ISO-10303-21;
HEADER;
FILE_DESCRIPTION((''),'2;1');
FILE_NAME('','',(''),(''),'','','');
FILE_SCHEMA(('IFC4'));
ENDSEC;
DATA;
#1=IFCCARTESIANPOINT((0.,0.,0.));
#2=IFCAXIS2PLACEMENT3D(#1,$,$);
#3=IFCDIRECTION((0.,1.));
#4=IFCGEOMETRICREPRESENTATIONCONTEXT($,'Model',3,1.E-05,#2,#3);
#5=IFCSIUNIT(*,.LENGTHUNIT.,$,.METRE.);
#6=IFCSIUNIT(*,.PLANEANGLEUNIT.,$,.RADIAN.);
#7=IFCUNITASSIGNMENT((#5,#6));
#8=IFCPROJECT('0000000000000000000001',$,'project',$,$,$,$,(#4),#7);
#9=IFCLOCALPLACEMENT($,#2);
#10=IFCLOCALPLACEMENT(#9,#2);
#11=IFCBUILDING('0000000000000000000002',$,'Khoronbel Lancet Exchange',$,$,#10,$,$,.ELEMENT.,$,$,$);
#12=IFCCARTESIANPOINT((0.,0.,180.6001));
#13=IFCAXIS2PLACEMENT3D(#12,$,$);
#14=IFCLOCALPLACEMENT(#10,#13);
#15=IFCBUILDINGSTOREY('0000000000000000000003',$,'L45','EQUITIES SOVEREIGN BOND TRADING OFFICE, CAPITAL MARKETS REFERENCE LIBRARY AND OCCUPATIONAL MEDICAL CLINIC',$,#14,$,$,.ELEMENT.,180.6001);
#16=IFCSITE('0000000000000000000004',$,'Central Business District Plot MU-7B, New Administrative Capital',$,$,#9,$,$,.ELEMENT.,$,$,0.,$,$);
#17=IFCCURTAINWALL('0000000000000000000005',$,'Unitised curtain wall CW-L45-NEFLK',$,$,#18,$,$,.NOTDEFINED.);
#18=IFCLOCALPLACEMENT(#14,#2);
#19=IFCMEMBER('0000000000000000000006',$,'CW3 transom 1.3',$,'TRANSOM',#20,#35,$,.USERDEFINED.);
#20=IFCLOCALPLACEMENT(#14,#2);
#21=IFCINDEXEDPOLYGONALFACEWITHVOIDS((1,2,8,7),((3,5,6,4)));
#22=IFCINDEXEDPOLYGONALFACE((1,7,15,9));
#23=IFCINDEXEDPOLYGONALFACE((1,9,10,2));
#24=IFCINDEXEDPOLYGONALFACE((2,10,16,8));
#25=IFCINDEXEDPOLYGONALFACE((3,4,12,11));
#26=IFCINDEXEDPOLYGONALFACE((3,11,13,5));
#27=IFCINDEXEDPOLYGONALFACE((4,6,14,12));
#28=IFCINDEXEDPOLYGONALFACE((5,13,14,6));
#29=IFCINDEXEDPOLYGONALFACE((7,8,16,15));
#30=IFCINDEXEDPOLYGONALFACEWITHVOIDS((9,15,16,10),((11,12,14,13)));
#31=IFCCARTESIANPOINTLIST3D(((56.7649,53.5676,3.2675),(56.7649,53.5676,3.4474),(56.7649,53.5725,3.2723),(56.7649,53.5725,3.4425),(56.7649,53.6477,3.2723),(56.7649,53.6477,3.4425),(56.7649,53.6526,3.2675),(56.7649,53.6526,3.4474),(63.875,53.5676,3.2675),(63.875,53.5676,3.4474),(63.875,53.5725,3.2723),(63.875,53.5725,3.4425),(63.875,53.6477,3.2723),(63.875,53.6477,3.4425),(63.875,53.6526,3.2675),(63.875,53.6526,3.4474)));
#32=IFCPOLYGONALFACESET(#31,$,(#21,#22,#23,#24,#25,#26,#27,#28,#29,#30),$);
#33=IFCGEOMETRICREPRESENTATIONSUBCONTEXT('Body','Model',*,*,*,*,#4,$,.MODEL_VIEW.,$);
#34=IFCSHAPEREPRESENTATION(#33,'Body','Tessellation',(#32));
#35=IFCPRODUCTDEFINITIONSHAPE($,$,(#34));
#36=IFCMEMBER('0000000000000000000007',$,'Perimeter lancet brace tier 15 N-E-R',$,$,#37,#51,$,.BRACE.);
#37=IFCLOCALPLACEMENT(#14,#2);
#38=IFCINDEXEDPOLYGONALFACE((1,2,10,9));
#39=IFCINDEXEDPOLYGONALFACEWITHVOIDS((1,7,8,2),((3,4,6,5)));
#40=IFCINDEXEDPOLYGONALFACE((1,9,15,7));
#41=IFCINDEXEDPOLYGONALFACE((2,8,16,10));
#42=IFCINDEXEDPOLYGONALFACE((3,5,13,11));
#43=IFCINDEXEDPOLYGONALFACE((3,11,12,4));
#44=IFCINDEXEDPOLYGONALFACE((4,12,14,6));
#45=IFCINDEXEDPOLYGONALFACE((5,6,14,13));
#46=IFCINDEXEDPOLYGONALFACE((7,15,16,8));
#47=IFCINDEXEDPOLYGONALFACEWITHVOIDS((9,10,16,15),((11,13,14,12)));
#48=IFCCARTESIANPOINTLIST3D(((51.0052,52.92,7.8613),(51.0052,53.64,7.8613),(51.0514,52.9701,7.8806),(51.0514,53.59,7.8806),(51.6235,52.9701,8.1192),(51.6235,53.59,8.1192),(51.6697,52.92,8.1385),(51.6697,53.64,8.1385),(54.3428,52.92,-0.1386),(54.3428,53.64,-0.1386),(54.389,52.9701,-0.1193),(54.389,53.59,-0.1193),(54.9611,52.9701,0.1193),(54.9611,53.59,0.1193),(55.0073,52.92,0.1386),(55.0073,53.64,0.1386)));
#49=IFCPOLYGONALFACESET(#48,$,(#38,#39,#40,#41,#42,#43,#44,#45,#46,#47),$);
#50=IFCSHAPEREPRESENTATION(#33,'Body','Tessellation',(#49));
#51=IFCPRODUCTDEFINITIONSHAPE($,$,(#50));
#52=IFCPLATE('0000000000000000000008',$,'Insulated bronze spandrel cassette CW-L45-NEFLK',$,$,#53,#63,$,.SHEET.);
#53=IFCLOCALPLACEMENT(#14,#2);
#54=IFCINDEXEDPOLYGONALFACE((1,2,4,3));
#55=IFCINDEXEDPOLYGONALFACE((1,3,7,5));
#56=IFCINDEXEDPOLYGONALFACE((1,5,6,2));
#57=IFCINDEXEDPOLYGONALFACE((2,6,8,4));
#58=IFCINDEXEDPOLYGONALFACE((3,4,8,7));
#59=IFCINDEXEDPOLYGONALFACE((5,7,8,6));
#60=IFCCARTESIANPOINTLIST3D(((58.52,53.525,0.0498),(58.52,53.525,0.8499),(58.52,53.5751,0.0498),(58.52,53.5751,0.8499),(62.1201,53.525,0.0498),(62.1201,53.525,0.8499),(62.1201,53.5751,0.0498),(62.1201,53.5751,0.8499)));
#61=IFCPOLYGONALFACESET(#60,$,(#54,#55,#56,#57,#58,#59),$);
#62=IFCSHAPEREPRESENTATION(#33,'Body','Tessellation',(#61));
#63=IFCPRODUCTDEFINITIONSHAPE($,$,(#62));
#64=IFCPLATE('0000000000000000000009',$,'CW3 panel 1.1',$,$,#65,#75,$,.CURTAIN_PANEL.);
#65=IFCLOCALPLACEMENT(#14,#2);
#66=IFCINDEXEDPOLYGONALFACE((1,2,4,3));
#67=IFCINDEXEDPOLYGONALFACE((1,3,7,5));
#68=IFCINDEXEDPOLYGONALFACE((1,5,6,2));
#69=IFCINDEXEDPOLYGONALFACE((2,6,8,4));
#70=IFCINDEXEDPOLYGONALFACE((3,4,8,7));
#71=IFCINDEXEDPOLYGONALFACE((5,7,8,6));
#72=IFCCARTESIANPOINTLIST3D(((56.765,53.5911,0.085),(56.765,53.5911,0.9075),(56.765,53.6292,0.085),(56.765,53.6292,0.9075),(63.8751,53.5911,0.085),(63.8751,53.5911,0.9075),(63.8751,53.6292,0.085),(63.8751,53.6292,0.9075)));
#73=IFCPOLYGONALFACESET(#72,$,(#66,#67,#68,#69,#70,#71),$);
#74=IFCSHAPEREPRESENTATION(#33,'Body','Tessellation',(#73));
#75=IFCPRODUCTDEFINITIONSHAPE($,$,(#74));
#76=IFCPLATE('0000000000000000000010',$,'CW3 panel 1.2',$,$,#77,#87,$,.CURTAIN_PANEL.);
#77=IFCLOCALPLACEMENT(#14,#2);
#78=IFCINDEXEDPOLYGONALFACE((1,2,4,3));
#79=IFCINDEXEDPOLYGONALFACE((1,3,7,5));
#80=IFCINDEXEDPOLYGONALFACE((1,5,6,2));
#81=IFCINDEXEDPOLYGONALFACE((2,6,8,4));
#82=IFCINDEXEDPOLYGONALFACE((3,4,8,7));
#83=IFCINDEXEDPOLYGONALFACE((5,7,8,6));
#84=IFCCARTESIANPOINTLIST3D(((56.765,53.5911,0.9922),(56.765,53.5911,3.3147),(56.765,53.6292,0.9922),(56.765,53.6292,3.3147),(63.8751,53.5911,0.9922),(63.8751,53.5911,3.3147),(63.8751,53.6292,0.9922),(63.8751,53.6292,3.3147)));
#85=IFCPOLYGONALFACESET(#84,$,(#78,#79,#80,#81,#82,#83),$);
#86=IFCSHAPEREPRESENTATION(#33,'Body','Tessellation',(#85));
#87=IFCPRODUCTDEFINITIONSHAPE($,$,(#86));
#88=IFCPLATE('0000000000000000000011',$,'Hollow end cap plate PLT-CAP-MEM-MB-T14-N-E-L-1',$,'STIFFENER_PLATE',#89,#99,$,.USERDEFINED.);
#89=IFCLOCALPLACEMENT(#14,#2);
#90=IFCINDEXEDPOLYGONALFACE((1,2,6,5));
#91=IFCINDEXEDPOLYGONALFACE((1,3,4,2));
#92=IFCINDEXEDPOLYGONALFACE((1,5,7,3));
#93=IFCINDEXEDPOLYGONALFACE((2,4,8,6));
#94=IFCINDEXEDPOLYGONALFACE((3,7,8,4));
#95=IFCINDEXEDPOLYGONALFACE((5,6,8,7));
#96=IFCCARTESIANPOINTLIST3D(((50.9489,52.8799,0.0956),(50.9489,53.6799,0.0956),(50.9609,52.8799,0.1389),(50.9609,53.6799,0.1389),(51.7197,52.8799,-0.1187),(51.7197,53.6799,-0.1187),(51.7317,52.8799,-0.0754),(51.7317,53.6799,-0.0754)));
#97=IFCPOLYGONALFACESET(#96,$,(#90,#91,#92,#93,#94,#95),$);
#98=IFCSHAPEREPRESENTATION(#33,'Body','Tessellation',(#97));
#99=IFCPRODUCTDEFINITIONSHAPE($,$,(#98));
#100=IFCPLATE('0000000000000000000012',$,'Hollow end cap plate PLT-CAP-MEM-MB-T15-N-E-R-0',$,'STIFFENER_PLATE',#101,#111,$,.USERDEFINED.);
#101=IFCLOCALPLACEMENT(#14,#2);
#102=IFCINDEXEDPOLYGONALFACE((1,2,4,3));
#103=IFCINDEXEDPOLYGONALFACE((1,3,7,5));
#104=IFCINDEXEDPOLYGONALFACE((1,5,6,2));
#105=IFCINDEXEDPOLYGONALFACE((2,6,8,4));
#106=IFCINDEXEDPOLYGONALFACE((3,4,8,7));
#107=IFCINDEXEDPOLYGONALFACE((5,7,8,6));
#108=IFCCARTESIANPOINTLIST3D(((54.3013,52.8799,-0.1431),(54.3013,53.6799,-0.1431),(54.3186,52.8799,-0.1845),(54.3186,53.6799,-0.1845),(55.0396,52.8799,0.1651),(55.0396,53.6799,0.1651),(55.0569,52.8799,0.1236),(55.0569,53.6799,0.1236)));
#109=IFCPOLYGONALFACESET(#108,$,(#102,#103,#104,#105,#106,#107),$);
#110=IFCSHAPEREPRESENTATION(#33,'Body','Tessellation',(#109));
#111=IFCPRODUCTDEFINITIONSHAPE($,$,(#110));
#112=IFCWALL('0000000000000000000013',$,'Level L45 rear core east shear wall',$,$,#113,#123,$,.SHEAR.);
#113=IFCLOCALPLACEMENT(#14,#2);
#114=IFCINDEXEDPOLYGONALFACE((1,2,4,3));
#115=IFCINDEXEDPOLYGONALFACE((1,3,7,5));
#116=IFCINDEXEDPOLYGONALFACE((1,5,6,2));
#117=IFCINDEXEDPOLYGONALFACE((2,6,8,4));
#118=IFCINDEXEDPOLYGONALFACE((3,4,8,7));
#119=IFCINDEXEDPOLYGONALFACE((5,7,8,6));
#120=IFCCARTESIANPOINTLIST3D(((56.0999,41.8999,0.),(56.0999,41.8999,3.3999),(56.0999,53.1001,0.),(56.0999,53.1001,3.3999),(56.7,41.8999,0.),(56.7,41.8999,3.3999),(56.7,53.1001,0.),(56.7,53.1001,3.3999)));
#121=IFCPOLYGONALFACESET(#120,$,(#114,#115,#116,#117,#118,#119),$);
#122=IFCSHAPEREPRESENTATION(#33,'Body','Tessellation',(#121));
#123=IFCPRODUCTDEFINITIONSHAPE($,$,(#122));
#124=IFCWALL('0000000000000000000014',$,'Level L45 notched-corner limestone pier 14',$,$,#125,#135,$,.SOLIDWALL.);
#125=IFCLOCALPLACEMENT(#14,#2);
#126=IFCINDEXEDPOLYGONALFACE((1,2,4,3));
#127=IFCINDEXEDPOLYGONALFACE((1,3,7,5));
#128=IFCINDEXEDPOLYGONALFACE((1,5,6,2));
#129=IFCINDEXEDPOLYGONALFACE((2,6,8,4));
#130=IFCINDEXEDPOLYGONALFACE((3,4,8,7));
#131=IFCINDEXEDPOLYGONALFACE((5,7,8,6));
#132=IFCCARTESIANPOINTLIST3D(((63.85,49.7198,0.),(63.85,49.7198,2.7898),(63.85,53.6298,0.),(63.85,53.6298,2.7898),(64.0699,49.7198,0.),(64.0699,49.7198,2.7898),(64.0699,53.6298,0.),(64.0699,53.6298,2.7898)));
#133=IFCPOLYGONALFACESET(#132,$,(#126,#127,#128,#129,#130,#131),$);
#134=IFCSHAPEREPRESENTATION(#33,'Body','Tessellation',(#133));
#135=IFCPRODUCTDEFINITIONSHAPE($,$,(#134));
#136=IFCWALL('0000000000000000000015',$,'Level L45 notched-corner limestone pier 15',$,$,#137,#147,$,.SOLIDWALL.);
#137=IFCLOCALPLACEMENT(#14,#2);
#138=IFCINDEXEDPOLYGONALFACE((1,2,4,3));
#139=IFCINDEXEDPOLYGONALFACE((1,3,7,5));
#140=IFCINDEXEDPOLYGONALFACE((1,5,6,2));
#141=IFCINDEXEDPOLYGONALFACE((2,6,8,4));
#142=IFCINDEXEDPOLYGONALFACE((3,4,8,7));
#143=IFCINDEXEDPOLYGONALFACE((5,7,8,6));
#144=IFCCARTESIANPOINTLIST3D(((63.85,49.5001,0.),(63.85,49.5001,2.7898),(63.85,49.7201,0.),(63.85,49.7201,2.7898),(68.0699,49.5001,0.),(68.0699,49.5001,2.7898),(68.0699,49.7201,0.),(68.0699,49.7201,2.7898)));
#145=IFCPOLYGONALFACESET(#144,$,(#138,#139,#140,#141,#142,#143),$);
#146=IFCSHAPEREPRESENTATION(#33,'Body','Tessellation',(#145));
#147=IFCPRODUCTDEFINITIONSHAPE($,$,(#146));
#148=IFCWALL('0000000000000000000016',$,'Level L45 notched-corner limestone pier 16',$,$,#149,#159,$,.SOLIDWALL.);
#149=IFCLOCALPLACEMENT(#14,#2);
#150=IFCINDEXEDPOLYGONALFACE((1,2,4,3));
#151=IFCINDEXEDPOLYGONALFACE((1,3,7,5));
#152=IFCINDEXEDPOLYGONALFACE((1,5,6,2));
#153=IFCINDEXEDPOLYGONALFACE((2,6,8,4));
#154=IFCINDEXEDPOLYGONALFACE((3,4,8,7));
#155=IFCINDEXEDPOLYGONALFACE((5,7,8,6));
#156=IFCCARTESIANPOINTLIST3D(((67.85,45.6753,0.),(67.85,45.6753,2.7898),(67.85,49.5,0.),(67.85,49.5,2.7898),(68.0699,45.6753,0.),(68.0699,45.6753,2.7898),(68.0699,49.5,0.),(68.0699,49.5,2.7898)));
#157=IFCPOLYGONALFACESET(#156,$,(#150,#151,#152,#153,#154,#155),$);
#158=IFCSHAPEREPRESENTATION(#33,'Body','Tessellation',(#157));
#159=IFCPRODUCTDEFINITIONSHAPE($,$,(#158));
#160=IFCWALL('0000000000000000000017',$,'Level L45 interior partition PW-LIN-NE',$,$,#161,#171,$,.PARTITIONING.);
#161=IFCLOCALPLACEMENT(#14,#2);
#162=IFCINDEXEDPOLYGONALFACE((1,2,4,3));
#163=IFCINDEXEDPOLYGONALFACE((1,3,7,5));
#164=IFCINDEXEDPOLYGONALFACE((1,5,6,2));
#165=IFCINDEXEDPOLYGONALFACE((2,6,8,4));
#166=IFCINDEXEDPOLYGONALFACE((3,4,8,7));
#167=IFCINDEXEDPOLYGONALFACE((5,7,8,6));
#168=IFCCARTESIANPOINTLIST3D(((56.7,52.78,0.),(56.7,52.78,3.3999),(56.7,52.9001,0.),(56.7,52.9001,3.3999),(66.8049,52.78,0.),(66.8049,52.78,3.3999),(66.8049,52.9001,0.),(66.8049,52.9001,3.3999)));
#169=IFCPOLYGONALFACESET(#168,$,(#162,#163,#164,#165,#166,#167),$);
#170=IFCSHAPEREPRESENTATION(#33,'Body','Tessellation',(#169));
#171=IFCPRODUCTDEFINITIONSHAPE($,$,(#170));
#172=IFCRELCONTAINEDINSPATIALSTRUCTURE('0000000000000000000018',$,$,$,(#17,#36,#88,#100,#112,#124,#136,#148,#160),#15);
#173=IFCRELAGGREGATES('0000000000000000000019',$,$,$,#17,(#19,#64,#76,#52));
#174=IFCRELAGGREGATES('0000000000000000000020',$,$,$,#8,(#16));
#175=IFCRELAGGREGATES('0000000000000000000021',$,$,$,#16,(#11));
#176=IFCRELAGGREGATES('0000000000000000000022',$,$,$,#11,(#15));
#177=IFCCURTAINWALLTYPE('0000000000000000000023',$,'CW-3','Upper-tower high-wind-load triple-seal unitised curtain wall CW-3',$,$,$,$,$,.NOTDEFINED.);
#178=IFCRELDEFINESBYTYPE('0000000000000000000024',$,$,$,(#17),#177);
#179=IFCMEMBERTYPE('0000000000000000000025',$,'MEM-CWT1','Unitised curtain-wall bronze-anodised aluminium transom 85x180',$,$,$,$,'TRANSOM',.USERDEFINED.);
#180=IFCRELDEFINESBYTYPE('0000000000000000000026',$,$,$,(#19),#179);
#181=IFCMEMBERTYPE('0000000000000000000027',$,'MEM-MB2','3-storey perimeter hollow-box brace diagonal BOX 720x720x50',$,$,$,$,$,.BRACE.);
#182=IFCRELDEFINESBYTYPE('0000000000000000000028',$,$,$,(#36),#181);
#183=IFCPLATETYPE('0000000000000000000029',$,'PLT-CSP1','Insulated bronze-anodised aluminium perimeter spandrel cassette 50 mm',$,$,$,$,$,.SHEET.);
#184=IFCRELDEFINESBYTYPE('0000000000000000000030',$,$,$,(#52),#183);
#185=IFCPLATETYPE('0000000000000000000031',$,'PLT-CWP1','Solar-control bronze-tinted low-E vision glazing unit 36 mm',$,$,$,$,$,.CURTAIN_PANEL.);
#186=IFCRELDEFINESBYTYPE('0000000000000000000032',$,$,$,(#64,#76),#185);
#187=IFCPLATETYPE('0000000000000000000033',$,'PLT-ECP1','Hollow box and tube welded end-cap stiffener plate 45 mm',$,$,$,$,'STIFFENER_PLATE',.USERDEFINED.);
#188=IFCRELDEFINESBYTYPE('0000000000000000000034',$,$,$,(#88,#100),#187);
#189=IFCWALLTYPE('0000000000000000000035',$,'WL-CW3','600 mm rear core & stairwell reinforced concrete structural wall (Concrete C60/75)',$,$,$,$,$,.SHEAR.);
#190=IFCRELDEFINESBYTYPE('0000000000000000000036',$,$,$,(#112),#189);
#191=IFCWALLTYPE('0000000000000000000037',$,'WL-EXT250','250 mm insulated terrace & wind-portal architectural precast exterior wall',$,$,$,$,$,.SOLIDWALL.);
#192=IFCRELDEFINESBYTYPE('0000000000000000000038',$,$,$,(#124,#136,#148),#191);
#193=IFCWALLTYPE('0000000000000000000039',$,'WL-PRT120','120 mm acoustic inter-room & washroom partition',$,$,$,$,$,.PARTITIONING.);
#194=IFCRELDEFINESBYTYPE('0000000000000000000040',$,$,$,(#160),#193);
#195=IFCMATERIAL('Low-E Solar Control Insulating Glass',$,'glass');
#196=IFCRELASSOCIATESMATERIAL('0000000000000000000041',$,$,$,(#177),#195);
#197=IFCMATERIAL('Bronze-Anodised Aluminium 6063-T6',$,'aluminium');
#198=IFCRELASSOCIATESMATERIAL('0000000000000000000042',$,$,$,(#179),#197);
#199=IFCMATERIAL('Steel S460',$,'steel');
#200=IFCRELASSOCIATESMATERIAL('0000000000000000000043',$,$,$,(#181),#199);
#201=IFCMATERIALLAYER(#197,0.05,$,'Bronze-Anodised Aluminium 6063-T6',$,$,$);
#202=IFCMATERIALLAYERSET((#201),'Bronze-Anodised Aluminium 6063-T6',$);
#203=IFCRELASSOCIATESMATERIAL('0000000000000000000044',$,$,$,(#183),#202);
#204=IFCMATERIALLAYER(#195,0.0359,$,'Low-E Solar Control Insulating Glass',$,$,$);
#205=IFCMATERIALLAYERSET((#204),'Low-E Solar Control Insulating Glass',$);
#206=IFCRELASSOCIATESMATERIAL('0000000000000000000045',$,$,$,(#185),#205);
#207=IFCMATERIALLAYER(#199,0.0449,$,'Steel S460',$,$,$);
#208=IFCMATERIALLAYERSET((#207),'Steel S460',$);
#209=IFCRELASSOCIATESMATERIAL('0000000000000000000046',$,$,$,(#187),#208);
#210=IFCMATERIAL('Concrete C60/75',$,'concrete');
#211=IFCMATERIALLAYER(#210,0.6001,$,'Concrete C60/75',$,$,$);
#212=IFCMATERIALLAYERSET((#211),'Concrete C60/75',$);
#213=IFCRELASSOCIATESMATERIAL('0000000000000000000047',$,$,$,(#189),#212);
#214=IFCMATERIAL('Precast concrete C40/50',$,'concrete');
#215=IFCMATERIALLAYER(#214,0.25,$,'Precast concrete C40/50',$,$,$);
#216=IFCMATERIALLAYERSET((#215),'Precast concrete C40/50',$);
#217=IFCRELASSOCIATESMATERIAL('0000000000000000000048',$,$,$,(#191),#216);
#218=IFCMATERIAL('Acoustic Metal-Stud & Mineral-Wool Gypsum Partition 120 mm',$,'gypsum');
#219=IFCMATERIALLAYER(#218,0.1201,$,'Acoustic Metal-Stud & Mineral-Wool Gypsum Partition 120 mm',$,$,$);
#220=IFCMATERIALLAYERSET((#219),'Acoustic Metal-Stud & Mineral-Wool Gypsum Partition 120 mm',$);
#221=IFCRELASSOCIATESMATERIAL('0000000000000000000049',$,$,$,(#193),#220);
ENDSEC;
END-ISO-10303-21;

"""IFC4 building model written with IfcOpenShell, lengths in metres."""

from ifc_helpers import new_model, si_unit, direction, frame, frame_2d, origin, origin_2d, place, context, subcontext, project, spatial, polyline, rectangle, hollow_rectangle, outline, extrude, material, layer, layer_set, material_profile, profile_set, type_object, element, aggregate, save


model = new_model("IFC4")

# Units and contexts
model_context = context("Model", 3, precision=1e-05, world=origin(), true_north=direction((0.0, 1.0)))
body_context = subcontext(model_context, "Body", "Model", "MODEL_VIEW")
ifc_project = project(units=[si_unit("LENGTHUNIT", "METRE"), si_unit("PLANEANGLEUNIT", "RADIAN")], contexts=[model_context])

# Site, building, storey
site_placement = place(None, origin())
site = spatial("IfcSite", under=ifc_project, at=site_placement, Name="Central Business District Plot MU-7B, New Administrative Capital", CompositionType="ELEMENT", RefElevation=0.0)
building_placement = place(site_placement, origin())
building = spatial("IfcBuilding", under=site, at=building_placement, Name="Khoronbel Lancet Exchange", CompositionType="ELEMENT")
storey_placement = place(building_placement, frame((0.0, 0.0, 180.6001)))
storey = spatial("IfcBuildingStorey", under=building, at=storey_placement, Name="L45", Description="EQUITIES SOVEREIGN BOND TRADING OFFICE, CAPITAL MARKETS REFERENCE LIBRARY AND OCCUPATIONAL MEDICAL CLINIC", CompositionType="ELEMENT", Elevation=180.6001)

# Shared definitions
ifc_material_1 = material(Name="Steel S460", Category="steel")

# Curtain wall, member
ifc_material_2 = material(Name="Low-E Solar Control Insulating Glass", Category="glass")
curtain_wall_type = type_object("IfcCurtainWallType", Name="CW-3", Description="Upper-tower high-wind-load triple-seal unitised curtain wall CW-3", PredefinedType="NOTDEFINED", material=ifc_material_2)
curtain_wall_placement = place(storey_placement, origin())
curtain_wall = element("IfcCurtainWall", 1, at=curtain_wall_placement, inside=storey, type_object=curtain_wall_type, Name="Unitised curtain wall CW-L45-NEFLK", PredefinedType="NOTDEFINED")
ifc_material_3 = material(Name="Bronze-Anodised Aluminium 6063-T6", Category="aluminium")
ifc_material_profile_1 = material_profile(ifc_material_3, hollow_rectangle(XDim=0.085, YDim=0.1799, WallThickness=0.0049, at=origin_2d()), Name="ALU TRANSOM 85x180")
ifc_profile_set_1 = profile_set([ifc_material_profile_1], Name="Bronze-Anodised Aluminium 6063-T6")
member_type_1 = type_object("IfcMemberType", Name="MEM-CWT1", Description="Unitised curtain-wall bronze-anodised aluminium transom 85x180", ElementType="TRANSOM", PredefinedType="USERDEFINED", material=ifc_profile_set_1)
member_1_placement = place(storey_placement, frame((63.875, 53.6101, 3.3574), z_axis=(-1.0, 0.0, 0.0), x_axis=(0.0, -1.0, 0.0)))
member_1 = element("IfcMember", 2, at=member_1_placement, type_object=member_type_1, Name="CW3 transom 1.3", ObjectType="TRANSOM", PredefinedType="USERDEFINED", context=body_context, shape_type="SweptSolid", body=[
    extrude(hollow_rectangle(XDim=0.085, YDim=0.1799, WallThickness=0.0049, at=origin_2d()), origin(), (0.0, 0.0, 1.0), 7.1101),
])

# Member
ifc_material_profile_2 = material_profile(ifc_material_1, hollow_rectangle(XDim=0.72, YDim=0.72, WallThickness=0.05, at=origin_2d()), Name="BOX 720x720x50")
ifc_profile_set_2 = profile_set([ifc_material_profile_2], Name="Steel S460")
member_type_2 = type_object("IfcMemberType", Name="MEM-MB2", Description="3-storey perimeter hollow-box brace diagonal BOX 720x720x50", PredefinedType="BRACE", material=ifc_profile_set_2)
member_2_placement = place(storey_placement, frame((54.675, 53.28, 0.0), z_axis=(-0.385039, 0.0, 0.9229), x_axis=(0.0, -1.0, 0.0)))
element("IfcMember", 3, at=member_2_placement, inside=storey, type_object=member_type_2, Name="Perimeter lancet brace tier 15 N-E-R", PredefinedType="BRACE", context=body_context, shape_type="SweptSolid", body=[
    extrude(hollow_rectangle(XDim=0.72, YDim=0.72, WallThickness=0.05, at=origin_2d()), origin(), (0.0, 0.0, 1.0), 8.6682),
])

# Plates
ifc_layer_1 = layer(ifc_material_3, 0.05, Name="Bronze-Anodised Aluminium 6063-T6")
ifc_layer_set_1 = layer_set([ifc_layer_1], Name="Bronze-Anodised Aluminium 6063-T6")
plate_type_1 = type_object("IfcPlateType", Name="PLT-CSP1", Description="Insulated bronze-anodised aluminium perimeter spandrel cassette 50 mm", PredefinedType="SHEET", material=ifc_layer_set_1)
plate_1_placement = place(storey_placement, frame((60.3201, 53.55, 0.0498), z_axis=(0.0, 0.0, 1.0), x_axis=(-1.0, 0.0, 0.0)))
plate_1 = element("IfcPlate", 4, at=plate_1_placement, type_object=plate_type_1, Name="Insulated bronze spandrel cassette CW-L45-NEFLK", PredefinedType="SHEET", context=body_context, shape_type="SweptSolid", body=[
    extrude(rectangle(XDim=3.6001, YDim=0.05, at=origin_2d()), origin(), (0.0, 0.0, 1.0), 0.8),
])
ifc_layer_2 = layer(ifc_material_2, 0.0359, Name="Low-E Solar Control Insulating Glass")
ifc_layer_set_2 = layer_set([ifc_layer_2], Name="Low-E Solar Control Insulating Glass")
plate_type_2 = type_object("IfcPlateType", Name="PLT-CWP1", Description="Solar-control bronze-tinted low-E vision glazing unit 36 mm", PredefinedType="CURTAIN_PANEL", material=ifc_layer_set_2)
plate_2_placement = place(storey_placement, frame((60.3201, 53.6101, 0.085), z_axis=(0.0, 0.0, 1.0), x_axis=(-1.0, 0.0, 0.0)))
plate_2 = element("IfcPlate", 5, at=plate_2_placement, type_object=plate_type_2, Name="CW3 panel 1.1", PredefinedType="CURTAIN_PANEL", context=body_context, shape_type="SweptSolid", body=[
    extrude(rectangle(XDim=7.1101, YDim=0.0381, at=origin_2d()), origin(), (0.0, 0.0, 1.0), 0.8225),
])
plate_3_placement = place(storey_placement, frame((60.3201, 53.6101, 0.9922), z_axis=(0.0, 0.0, 1.0), x_axis=(-1.0, 0.0, 0.0)))
plate_3 = element("IfcPlate", 6, at=plate_3_placement, type_object=plate_type_2, Name="CW3 panel 1.2", PredefinedType="CURTAIN_PANEL", context=body_context, shape_type="SweptSolid", body=[
    extrude(rectangle(XDim=7.1101, YDim=0.0381, at=origin_2d()), origin(), (0.0, 0.0, 1.0), 2.3225),
])
aggregate(curtain_wall, [member_1, plate_2, plate_3, plate_1])

# Plates
ifc_layer_3 = layer(ifc_material_1, 0.0449, Name="Steel S460")
ifc_layer_set_3 = layer_set([ifc_layer_3], Name="Steel S460")
plate_type_3 = type_object("IfcPlateType", Name="PLT-ECP1", Description="Hollow box and tube welded end-cap stiffener plate 45 mm", ElementType="STIFFENER_PLATE", PredefinedType="USERDEFINED", material=ifc_layer_set_3)
for number, where, z_axis, x_axis, name in (
    (7, (51.7317, 52.8799, -0.0754), (0.267943, 0.0, 0.963435), (0.0, 1.0, 0.0), "Hollow end cap plate PLT-CAP-MEM-MB-T14-N-E-L-1"),
    (8, (54.3013, 53.6799, -0.1431), (-0.385135, 0.0, 0.92286), (0.0, -1.0, 0.0), "Hollow end cap plate PLT-CAP-MEM-MB-T15-N-E-R-0"),
):
    element("IfcPlate", number, at=place(storey_placement, frame(where, z_axis=z_axis, x_axis=x_axis)), inside=storey, type_object=plate_type_3, Name=name, ObjectType="STIFFENER_PLATE", PredefinedType="USERDEFINED", context=body_context, shape_type="SweptSolid", body=[
        extrude(outline(polyline([(0.0, 0.0), (0.8, 0.0), (0.8, 0.8), (0.0, 0.8), (0.0, 0.0)])), origin(), (0.0, 0.0, -1.0), 0.0449),
    ])

# Walls
ifc_material_4 = material(Name="Concrete C60/75", Category="concrete")
ifc_layer_4 = layer(ifc_material_4, 0.6001, Name="Concrete C60/75")
ifc_layer_set_4 = layer_set([ifc_layer_4], Name="Concrete C60/75")
wall_type_1 = type_object("IfcWallType", Name="WL-CW3", Description="600 mm rear core & stairwell reinforced concrete structural wall (Concrete C60/75)", PredefinedType="SHEAR", material=ifc_layer_set_4)
wall_1_placement = place(storey_placement, frame((56.3999, 53.1001, 0.0), z_axis=(0.0, 0.0, 1.0), x_axis=(0.0, -1.0, 0.0)))
element("IfcWall", 9, at=wall_1_placement, inside=storey, type_object=wall_type_1, Name="Level L45 rear core east shear wall", PredefinedType="SHEAR", context=body_context, shape_type="SweptSolid", body=[
    extrude(rectangle(XDim=11.2002, YDim=0.6001, at=frame_2d((5.6001, 0.0))), origin(), (0.0, 0.0, 1.0), 3.3999),
])
ifc_material_5 = material(Name="Precast concrete C40/50", Category="concrete")
ifc_layer_5 = layer(ifc_material_5, 0.25, Name="Precast concrete C40/50")
ifc_layer_set_5 = layer_set([ifc_layer_5], Name="Precast concrete C40/50")
wall_type_2 = type_object("IfcWallType", Name="WL-EXT250", Description="250 mm insulated terrace & wind-portal architectural precast exterior wall", PredefinedType="SOLIDWALL", material=ifc_layer_set_5)
wall_2_placement = place(storey_placement, frame((63.96, 53.6299, 0.0), z_axis=(0.0, 0.0, 1.0), x_axis=(0.0, -1.0, 0.0)))
element("IfcWall", 10, at=wall_2_placement, inside=storey, type_object=wall_type_2, Name="Level L45 notched-corner limestone pier 14", PredefinedType="SOLIDWALL", context=body_context, shape_type="SweptSolid", body=[
    extrude(rectangle(XDim=3.9099, YDim=0.22, at=frame_2d((1.9551, 0.0))), origin(), (0.0, 0.0, 1.0), 2.7898),
])
wall_3_placement = place(storey_placement, frame((63.8501, 49.6101, 0.0), z_axis=(0.0, 0.0, 1.0), x_axis=(1.0, 0.0, 0.0)))
element("IfcWall", 11, at=wall_3_placement, inside=storey, type_object=wall_type_2, Name="Level L45 notched-corner limestone pier 15", PredefinedType="SOLIDWALL", context=body_context, shape_type="SweptSolid", body=[
    extrude(rectangle(XDim=4.22, YDim=0.22, at=frame_2d((2.1099, 0.0))), origin(), (0.0, 0.0, 1.0), 2.7898),
])
wall_4_placement = place(storey_placement, frame((67.96, 49.5, 0.0), z_axis=(0.0, 0.0, 1.0), x_axis=(0.0, -1.0, 0.0)))
element("IfcWall", 12, at=wall_4_placement, inside=storey, type_object=wall_type_2, Name="Level L45 notched-corner limestone pier 16", PredefinedType="SOLIDWALL", context=body_context, shape_type="SweptSolid", body=[
    extrude(rectangle(XDim=3.8247, YDim=0.22, at=frame_2d((1.9124, 0.0))), origin(), (0.0, 0.0, 1.0), 2.7898),
])
ifc_material_6 = material(Name="Acoustic Metal-Stud & Mineral-Wool Gypsum Partition 120 mm", Category="gypsum")
ifc_layer_6 = layer(ifc_material_6, 0.1201, Name="Acoustic Metal-Stud & Mineral-Wool Gypsum Partition 120 mm")
ifc_layer_set_6 = layer_set([ifc_layer_6], Name="Acoustic Metal-Stud & Mineral-Wool Gypsum Partition 120 mm")
wall_type_3 = type_object("IfcWallType", Name="WL-PRT120", Description="120 mm acoustic inter-room & washroom partition", PredefinedType="PARTITIONING", material=ifc_layer_set_6)
wall_5_placement = place(storey_placement, frame((56.7, 52.8401, 0.0), z_axis=(0.0, 0.0, 1.0), x_axis=(1.0, 0.0, 0.0)))
element("IfcWall", 13, at=wall_5_placement, inside=storey, type_object=wall_type_3, Name="Level L45 interior partition PW-LIN-NE", PredefinedType="PARTITIONING", context=body_context, shape_type="SweptSolid", body=[
    extrude(rectangle(XDim=10.105, YDim=0.1201, at=frame_2d((5.0525, 0.0))), origin(), (0.0, 0.0, 1.0), 3.3999),
])

save(model, "model.ifc")
